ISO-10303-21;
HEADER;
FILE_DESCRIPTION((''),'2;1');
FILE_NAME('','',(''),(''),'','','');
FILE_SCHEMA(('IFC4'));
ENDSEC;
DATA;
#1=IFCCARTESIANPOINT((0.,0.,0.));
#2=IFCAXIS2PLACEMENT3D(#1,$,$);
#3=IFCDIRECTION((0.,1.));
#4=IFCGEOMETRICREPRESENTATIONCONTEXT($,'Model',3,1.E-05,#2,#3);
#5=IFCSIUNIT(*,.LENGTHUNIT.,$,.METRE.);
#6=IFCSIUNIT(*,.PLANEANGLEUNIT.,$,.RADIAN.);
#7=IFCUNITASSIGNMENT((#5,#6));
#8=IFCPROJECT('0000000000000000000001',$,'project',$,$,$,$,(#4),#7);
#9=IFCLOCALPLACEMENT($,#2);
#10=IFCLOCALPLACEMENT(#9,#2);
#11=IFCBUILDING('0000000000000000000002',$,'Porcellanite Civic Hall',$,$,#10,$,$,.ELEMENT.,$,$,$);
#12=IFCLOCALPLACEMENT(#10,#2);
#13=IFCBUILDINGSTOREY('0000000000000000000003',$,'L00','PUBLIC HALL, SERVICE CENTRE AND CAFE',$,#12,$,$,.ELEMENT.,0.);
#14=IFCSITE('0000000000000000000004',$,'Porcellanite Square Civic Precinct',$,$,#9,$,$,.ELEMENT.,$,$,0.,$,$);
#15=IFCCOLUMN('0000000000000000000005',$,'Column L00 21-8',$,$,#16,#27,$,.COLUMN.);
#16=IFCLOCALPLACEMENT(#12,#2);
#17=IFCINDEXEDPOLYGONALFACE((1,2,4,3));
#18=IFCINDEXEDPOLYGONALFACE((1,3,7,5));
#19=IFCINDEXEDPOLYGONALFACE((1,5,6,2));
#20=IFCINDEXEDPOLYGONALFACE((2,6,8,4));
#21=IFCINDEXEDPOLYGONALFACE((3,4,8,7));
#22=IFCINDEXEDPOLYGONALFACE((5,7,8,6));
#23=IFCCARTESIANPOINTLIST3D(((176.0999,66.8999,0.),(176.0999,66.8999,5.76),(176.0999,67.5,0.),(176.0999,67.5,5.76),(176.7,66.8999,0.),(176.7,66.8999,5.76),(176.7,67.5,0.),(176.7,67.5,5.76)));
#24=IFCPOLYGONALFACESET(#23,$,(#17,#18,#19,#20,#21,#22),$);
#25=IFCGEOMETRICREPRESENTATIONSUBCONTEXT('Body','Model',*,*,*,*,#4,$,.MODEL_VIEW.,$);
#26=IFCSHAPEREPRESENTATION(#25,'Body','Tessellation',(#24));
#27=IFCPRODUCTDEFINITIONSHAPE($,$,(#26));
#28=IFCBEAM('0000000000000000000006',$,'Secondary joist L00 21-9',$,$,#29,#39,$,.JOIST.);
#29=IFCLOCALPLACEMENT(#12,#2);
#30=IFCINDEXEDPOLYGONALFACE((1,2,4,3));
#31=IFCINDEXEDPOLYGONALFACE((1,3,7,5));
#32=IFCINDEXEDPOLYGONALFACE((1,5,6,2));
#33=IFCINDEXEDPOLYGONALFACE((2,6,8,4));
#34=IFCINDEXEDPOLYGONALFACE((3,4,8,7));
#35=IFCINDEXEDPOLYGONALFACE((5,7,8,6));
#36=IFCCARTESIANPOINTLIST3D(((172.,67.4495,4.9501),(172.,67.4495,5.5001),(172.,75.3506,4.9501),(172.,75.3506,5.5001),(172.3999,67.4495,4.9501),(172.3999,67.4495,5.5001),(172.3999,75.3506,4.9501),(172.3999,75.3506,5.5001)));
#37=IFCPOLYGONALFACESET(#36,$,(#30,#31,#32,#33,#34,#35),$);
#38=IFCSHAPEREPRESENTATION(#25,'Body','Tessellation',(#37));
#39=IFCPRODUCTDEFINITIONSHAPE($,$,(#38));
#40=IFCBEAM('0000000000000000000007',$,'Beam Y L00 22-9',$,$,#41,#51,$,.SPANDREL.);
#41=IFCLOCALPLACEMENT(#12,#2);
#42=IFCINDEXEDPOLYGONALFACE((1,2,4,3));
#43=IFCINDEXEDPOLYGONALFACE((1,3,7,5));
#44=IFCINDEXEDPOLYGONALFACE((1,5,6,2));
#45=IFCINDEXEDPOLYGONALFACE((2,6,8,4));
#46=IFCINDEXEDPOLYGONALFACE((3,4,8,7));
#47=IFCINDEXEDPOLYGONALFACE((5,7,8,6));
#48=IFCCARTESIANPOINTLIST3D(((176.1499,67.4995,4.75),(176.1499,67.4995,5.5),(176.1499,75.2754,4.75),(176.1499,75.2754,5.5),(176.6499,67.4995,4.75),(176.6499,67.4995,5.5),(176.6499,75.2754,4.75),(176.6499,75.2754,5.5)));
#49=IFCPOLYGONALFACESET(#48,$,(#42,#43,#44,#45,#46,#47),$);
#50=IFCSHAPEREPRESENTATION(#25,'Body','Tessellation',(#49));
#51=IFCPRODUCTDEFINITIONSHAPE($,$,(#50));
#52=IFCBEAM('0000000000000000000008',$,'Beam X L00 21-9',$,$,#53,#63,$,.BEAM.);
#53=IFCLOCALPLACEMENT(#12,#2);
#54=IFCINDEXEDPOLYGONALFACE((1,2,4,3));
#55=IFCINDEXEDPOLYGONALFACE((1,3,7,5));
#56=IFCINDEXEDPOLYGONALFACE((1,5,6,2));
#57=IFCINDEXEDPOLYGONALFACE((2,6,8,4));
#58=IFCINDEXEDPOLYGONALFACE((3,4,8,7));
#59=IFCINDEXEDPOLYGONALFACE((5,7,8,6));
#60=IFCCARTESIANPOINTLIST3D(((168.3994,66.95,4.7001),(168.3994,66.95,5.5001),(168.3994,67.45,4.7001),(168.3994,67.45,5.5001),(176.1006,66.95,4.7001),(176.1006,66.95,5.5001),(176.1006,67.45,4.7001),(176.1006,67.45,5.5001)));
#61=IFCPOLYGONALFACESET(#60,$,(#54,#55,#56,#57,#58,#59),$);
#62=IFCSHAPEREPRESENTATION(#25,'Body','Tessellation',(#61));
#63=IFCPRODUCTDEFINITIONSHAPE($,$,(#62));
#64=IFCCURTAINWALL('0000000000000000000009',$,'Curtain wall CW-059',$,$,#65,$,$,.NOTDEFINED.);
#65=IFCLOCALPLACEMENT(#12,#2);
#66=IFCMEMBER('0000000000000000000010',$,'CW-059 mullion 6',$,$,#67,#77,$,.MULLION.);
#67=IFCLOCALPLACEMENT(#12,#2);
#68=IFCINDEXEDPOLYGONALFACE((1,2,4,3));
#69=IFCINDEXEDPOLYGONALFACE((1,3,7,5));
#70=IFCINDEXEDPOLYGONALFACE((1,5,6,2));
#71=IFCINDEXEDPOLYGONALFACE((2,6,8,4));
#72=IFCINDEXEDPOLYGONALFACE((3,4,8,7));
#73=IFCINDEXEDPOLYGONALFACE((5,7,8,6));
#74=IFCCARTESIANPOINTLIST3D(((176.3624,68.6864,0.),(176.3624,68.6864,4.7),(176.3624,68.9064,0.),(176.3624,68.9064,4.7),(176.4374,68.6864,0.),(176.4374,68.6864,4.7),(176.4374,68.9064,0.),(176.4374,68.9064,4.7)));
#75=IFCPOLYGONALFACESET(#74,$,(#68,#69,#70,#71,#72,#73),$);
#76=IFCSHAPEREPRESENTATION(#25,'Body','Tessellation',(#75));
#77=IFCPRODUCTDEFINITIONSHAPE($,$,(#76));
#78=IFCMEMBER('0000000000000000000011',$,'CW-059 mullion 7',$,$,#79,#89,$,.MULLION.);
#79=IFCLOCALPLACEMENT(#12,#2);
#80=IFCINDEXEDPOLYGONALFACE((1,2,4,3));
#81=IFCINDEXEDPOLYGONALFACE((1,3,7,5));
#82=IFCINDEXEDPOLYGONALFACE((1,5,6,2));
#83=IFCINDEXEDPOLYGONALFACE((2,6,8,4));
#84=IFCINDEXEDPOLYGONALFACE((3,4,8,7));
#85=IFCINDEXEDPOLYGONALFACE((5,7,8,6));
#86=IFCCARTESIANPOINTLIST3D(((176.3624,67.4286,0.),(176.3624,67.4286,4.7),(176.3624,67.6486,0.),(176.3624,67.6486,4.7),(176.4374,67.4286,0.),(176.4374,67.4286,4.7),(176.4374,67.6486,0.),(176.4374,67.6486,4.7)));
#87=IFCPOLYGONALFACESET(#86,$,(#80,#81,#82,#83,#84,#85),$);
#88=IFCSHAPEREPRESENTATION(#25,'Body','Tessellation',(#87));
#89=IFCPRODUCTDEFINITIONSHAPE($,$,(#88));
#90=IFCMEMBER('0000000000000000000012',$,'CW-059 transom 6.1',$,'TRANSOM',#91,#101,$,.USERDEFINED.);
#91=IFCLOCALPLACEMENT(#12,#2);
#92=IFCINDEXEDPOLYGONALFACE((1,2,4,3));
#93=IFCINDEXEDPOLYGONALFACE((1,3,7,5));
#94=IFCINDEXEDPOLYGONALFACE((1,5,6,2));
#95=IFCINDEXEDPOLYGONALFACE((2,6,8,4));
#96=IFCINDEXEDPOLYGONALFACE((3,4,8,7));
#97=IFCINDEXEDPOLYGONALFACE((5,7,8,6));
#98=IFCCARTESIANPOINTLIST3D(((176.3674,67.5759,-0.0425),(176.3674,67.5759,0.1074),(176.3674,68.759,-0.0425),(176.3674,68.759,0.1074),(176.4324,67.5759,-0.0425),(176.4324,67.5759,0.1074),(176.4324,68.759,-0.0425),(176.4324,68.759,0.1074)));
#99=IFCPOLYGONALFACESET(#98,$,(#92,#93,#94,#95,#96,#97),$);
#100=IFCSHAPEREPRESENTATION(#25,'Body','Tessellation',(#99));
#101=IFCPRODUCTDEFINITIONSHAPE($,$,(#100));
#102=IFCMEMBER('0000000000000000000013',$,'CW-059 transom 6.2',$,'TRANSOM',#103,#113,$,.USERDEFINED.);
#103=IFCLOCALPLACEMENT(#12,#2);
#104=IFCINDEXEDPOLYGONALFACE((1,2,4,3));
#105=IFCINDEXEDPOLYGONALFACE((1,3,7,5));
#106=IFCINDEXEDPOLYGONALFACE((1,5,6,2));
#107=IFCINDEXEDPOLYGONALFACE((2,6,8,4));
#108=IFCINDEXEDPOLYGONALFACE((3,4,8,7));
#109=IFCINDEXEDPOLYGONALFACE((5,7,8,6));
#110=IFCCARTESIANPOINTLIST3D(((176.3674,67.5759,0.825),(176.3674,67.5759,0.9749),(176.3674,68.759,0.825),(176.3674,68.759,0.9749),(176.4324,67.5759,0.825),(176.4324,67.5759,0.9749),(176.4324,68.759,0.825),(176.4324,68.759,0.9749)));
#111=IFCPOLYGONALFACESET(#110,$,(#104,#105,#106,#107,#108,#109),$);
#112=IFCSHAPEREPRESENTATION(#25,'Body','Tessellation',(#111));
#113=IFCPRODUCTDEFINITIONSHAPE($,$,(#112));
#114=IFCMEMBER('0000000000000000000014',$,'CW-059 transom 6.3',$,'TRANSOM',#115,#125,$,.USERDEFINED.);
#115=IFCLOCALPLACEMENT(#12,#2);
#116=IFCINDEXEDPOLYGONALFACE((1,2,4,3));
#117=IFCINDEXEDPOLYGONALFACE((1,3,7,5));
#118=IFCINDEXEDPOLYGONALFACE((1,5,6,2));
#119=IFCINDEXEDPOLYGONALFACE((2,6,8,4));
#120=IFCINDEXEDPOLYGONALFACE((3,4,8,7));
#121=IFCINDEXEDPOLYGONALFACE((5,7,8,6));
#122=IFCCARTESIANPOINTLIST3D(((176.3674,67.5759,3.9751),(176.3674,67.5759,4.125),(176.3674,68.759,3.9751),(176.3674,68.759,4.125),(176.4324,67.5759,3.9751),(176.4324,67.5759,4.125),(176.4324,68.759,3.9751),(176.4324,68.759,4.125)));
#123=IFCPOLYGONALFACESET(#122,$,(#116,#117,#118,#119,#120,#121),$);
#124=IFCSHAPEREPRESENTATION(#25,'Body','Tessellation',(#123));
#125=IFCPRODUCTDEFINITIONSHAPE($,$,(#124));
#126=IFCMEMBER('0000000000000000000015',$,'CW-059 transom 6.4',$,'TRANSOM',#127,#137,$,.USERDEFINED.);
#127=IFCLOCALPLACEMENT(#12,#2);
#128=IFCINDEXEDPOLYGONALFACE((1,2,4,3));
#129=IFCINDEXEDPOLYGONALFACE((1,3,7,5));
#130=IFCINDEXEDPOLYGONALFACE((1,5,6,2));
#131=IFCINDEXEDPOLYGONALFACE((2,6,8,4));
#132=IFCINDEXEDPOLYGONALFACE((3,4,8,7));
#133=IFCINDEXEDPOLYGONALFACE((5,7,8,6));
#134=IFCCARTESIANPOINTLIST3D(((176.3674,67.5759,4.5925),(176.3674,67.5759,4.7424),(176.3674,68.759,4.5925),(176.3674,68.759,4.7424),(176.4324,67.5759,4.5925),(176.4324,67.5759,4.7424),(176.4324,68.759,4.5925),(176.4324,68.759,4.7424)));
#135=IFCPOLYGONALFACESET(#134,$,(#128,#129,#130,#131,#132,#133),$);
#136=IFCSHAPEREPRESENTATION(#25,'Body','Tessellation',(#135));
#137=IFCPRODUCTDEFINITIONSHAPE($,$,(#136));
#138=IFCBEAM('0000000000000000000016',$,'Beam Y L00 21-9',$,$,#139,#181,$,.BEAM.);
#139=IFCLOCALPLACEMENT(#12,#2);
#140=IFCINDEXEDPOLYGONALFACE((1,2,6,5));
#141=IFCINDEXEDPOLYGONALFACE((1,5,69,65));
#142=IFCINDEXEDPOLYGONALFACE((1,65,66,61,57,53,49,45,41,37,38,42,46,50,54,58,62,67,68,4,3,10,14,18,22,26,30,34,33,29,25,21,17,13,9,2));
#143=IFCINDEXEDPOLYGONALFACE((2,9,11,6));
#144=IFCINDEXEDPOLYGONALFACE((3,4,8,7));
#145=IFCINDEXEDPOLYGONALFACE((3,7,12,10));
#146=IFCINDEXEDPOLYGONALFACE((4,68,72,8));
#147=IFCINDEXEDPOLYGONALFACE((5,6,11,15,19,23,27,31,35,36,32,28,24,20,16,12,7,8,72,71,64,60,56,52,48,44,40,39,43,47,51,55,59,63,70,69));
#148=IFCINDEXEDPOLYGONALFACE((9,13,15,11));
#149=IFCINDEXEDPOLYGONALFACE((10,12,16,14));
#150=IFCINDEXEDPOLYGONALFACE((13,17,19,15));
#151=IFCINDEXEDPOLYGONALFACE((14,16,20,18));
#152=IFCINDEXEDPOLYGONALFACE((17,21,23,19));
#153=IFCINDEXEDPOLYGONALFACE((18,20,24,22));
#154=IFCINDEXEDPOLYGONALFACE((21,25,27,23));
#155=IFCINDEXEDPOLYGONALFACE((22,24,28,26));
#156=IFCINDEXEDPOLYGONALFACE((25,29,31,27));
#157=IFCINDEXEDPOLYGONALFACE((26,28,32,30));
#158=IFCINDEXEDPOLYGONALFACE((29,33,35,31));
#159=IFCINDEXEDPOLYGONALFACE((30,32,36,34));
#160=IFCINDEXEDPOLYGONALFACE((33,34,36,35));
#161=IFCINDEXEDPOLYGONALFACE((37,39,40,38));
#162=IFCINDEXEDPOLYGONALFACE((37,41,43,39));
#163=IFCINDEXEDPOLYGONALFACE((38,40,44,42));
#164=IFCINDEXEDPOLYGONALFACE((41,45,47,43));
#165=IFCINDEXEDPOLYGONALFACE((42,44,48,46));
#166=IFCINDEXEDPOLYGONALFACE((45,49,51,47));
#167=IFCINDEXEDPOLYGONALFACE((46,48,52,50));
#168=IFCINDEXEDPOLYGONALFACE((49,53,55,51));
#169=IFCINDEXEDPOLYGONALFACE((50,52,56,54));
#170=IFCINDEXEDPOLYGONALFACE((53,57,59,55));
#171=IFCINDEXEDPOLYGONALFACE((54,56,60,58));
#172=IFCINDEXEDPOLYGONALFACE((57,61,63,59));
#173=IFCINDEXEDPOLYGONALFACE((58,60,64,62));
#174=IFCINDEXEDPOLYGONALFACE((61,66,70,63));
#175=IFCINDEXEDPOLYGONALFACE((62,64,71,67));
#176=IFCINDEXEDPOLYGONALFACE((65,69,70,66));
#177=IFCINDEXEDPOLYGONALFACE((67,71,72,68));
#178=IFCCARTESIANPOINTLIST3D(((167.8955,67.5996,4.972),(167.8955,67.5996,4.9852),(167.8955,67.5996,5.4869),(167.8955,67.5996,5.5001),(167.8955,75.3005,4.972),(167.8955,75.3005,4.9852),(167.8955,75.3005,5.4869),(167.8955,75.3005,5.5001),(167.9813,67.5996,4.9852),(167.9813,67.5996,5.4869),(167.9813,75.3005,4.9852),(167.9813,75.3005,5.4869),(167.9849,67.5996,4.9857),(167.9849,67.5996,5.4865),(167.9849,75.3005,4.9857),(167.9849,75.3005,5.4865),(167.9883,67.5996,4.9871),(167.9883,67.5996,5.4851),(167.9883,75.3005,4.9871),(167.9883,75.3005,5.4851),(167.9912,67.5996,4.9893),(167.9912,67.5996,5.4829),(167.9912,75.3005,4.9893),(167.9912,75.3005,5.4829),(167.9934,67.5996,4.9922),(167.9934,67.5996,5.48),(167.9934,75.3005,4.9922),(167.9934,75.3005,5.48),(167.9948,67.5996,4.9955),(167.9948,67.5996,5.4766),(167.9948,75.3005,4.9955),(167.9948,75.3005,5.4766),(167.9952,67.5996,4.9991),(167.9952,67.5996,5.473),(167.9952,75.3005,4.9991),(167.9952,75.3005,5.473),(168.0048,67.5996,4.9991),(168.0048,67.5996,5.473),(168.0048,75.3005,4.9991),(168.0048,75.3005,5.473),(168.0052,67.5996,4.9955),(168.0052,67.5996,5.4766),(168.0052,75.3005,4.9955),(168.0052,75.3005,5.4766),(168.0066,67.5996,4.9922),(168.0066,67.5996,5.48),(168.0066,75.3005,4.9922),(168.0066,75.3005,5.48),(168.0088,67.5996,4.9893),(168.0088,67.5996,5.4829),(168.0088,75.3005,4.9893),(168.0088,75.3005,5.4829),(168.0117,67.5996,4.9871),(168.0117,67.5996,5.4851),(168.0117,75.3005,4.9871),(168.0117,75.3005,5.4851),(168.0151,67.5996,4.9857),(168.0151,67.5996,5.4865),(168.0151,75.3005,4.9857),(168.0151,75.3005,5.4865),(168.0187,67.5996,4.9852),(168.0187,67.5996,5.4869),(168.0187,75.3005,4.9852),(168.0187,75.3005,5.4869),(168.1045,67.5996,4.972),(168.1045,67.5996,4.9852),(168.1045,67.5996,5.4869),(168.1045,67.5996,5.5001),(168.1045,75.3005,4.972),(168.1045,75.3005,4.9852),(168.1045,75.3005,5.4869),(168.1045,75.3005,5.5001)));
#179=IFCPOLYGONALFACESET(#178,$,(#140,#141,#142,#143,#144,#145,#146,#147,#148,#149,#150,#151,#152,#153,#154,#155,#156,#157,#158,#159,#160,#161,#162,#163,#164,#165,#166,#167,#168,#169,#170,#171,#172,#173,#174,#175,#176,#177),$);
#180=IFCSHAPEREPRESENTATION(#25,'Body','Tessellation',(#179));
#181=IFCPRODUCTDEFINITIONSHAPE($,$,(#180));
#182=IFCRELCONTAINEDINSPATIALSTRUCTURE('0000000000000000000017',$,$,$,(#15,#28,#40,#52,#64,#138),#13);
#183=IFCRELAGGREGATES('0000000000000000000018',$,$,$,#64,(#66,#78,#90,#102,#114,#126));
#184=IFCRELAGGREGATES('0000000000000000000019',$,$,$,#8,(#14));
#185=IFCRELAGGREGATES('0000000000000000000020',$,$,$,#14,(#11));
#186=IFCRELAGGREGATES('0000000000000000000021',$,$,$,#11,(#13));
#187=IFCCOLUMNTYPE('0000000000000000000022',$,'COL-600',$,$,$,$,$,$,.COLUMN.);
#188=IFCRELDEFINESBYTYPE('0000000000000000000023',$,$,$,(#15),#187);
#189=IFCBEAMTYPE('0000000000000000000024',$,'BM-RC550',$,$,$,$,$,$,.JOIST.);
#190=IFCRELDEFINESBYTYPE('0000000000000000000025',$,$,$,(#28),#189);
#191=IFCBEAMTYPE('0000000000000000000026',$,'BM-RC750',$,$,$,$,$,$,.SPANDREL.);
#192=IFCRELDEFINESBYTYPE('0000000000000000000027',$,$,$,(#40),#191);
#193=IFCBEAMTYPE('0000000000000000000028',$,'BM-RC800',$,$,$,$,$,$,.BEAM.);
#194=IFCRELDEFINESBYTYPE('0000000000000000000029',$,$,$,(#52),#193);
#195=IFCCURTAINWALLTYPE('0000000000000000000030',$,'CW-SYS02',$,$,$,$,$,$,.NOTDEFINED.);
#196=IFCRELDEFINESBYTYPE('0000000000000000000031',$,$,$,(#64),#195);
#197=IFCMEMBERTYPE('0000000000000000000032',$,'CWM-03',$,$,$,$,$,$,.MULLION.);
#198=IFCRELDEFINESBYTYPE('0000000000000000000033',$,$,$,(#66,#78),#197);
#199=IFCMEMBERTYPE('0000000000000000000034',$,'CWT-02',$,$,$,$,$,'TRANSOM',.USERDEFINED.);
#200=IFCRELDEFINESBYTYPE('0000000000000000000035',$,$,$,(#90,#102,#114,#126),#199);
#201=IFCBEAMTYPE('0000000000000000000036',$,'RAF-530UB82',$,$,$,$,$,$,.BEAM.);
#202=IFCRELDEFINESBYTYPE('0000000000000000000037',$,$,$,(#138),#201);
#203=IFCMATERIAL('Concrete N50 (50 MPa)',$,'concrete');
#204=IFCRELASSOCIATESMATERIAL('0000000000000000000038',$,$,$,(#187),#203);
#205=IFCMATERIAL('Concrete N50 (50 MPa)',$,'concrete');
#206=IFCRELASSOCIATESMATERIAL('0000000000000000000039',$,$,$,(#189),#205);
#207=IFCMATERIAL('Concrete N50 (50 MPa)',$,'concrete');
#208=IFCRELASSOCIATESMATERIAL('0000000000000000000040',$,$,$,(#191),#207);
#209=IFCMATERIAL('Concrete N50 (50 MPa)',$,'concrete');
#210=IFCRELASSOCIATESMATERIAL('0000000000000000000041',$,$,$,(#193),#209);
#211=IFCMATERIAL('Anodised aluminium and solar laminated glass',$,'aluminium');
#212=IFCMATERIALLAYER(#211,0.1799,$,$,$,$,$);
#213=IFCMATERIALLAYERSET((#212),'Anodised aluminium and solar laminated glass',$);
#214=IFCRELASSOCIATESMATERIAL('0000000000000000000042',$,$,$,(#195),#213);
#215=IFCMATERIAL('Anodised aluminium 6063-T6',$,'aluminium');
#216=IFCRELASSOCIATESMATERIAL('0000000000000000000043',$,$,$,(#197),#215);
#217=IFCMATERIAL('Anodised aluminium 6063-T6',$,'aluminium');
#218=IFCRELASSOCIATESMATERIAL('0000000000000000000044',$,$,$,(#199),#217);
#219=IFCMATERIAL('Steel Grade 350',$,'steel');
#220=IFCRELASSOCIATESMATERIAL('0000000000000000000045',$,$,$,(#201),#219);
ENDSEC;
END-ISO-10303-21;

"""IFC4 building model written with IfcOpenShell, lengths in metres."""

from ifc_helpers import new_model, si_unit, direction, frame, origin, origin_2d, place, context, subcontext, project, spatial, rectangle, i_section, extrude, material, layer, layer_set, material_profile, profile_set, type_object, element, aggregate, save


model = new_model("IFC4")

# Units and contexts
model_context = context("Model", 3, precision=1e-05, world=origin(), true_north=direction((0.0, 1.0)))
body_context = subcontext(model_context, "Body", "Model", "MODEL_VIEW")
ifc_project = project(units=[si_unit("LENGTHUNIT", "METRE"), si_unit("PLANEANGLEUNIT", "RADIAN")], contexts=[model_context])

# Site, building, storey
site_placement = place(None, origin())
site = spatial("IfcSite", under=ifc_project, at=site_placement, Name="Porcellanite Square Civic Precinct", CompositionType="ELEMENT", RefElevation=0.0)
building_placement = place(site_placement, origin())
building = spatial("IfcBuilding", under=site, at=building_placement, Name="Porcellanite Civic Hall", CompositionType="ELEMENT")
storey_placement = place(building_placement, origin())
storey = spatial("IfcBuildingStorey", under=building, at=storey_placement, Name="L00", Description="PUBLIC HALL, SERVICE CENTRE AND CAFE", CompositionType="ELEMENT", Elevation=0.0)

# Column
ifc_material_1 = material(Name="Concrete N50 (50 MPa)", Category="concrete")
ifc_material_profile_1 = material_profile(ifc_material_1, rectangle(XDim=0.6001, YDim=0.6001, at=origin_2d()), Name="RC-600x600")
ifc_profile_set_1 = profile_set([ifc_material_profile_1], Name="Concrete N50 (50 MPa)")
column_type = type_object("IfcColumnType", Name="COL-600", PredefinedType="COLUMN", material=ifc_profile_set_1)
column_placement = place(storey_placement, frame((176.3999, 67.2, 0.0), z_axis=(0.0, 0.0, 1.0), x_axis=(1.0, 0.0, 0.0)))
element("IfcColumn", 1, at=column_placement, inside=storey, type_object=column_type, Name="Column L00 21-8", PredefinedType="COLUMN", context=body_context, shape_type="SweptSolid", body=[
    extrude(rectangle(XDim=0.6001, YDim=0.6001, at=origin_2d()), origin(), (0.0, 0.0, 1.0), 5.76),
])

# Beams
ifc_material_2 = material(Name="Concrete N50 (50 MPa)", Category="concrete")
ifc_material_profile_2 = material_profile(ifc_material_2, rectangle(XDim=0.3999, YDim=0.55, at=origin_2d()), Name="RC-400x550")
ifc_profile_set_2 = profile_set([ifc_material_profile_2], Name="Concrete N50 (50 MPa)")
beam_type_1 = type_object("IfcBeamType", Name="BM-RC550", PredefinedType="JOIST", material=ifc_profile_set_2)
beam_1_placement = place(storey_placement, frame((172.2, 67.4495, 5.2251), z_axis=(0.0, 1.0, 0.0), x_axis=(-1.0, 0.0, 0.0)))
element("IfcBeam", 2, at=beam_1_placement, inside=storey, type_object=beam_type_1, Name="Secondary joist L00 21-9", PredefinedType="JOIST", context=body_context, shape_type="SweptSolid", body=[
    extrude(rectangle(XDim=0.3999, YDim=0.55, at=origin_2d()), origin(), (0.0, 0.0, 1.0), 7.9011),
])
ifc_material_3 = material(Name="Concrete N50 (50 MPa)", Category="concrete")
ifc_material_profile_3 = material_profile(ifc_material_3, rectangle(XDim=0.5, YDim=0.75, at=origin_2d()), Name="RC-500x750")
ifc_profile_set_3 = profile_set([ifc_material_profile_3], Name="Concrete N50 (50 MPa)")
beam_type_2 = type_object("IfcBeamType", Name="BM-RC750", PredefinedType="SPANDREL", material=ifc_profile_set_3)
beam_2_placement = place(storey_placement, frame((176.3999, 67.4995, 5.125), z_axis=(0.0, 1.0, 0.0), x_axis=(-1.0, 0.0, 0.0)))
element("IfcBeam", 3, at=beam_2_placement, inside=storey, type_object=beam_type_2, Name="Beam Y L00 22-9", PredefinedType="SPANDREL", context=body_context, shape_type="SweptSolid", body=[
    extrude(rectangle(XDim=0.5, YDim=0.75, at=origin_2d()), origin(), (0.0, 0.0, 1.0), 7.7759),
])
ifc_material_4 = material(Name="Concrete N50 (50 MPa)", Category="concrete")
ifc_material_profile_4 = material_profile(ifc_material_4, rectangle(XDim=0.5, YDim=0.8, at=origin_2d()), Name="RC-500x800")
ifc_profile_set_4 = profile_set([ifc_material_profile_4], Name="Concrete N50 (50 MPa)")
beam_type_3 = type_object("IfcBeamType", Name="BM-RC800", PredefinedType="BEAM", material=ifc_profile_set_4)
beam_3_placement = place(storey_placement, frame((168.3994, 67.2, 5.1001), z_axis=(1.0, 0.0, 0.0), x_axis=(0.0, 1.0, 0.0)))
element("IfcBeam", 4, at=beam_3_placement, inside=storey, type_object=beam_type_3, Name="Beam X L00 21-9", PredefinedType="BEAM", context=body_context, shape_type="SweptSolid", body=[
    extrude(rectangle(XDim=0.5, YDim=0.8, at=origin_2d()), origin(), (0.0, 0.0, 1.0), 7.7012),
])

# Curtain wall, members
ifc_material_5 = material(Name="Anodised aluminium and solar laminated glass", Category="aluminium")
ifc_layer_1 = layer(ifc_material_5, 0.1799)
ifc_layer_set_1 = layer_set([ifc_layer_1], Name="Anodised aluminium and solar laminated glass")
curtain_wall_type = type_object("IfcCurtainWallType", Name="CW-SYS02", PredefinedType="NOTDEFINED", material=ifc_layer_set_1)
curtain_wall_placement = place(storey_placement, origin())
curtain_wall = element("IfcCurtainWall", 5, at=curtain_wall_placement, inside=storey, type_object=curtain_wall_type, Name="Curtain wall CW-059", PredefinedType="NOTDEFINED")
ifc_material_6 = material(Name="Anodised aluminium 6063-T6", Category="aluminium")
ifc_material_profile_5 = material_profile(ifc_material_6, rectangle(XDim=0.075, YDim=0.22, at=origin_2d()), Name="AL-75x220")
ifc_profile_set_5 = profile_set([ifc_material_profile_5], Name="Anodised aluminium 6063-T6")
member_type_1 = type_object("IfcMemberType", Name="CWM-03", PredefinedType="MULLION", material=ifc_profile_set_5)
member_1_placement = place(storey_placement, frame((176.3999, 68.7964, 0.0), z_axis=(0.0, 0.0, 1.0), x_axis=(1.0, 0.0, 0.0)))
member_1 = element("IfcMember", 6, at=member_1_placement, type_object=member_type_1, Name="CW-059 mullion 6", PredefinedType="MULLION", context=body_context, shape_type="SweptSolid", body=[
    extrude(rectangle(XDim=0.075, YDim=0.22, at=origin_2d()), origin(), (0.0, 0.0, 1.0), 4.7),
])
member_2_placement = place(storey_placement, frame((176.3999, 67.5386, 0.0), z_axis=(0.0, 0.0, 1.0), x_axis=(1.0, 0.0, 0.0)))
member_2 = element("IfcMember", 7, at=member_2_placement, type_object=member_type_1, Name="CW-059 mullion 7", PredefinedType="MULLION", context=body_context, shape_type="SweptSolid", body=[
    extrude(rectangle(XDim=0.075, YDim=0.22, at=origin_2d()), origin(), (0.0, 0.0, 1.0), 4.7),
])
ifc_material_7 = material(Name="Anodised aluminium 6063-T6", Category="aluminium")
ifc_material_profile_6 = material_profile(ifc_material_7, rectangle(XDim=0.0649, YDim=0.1499, at=origin_2d()), Name="AL-65x150")
ifc_profile_set_6 = profile_set([ifc_material_profile_6], Name="Anodised aluminium 6063-T6")
member_type_2 = type_object("IfcMemberType", Name="CWT-02", ElementType="TRANSOM", PredefinedType="USERDEFINED", material=ifc_profile_set_6)
member_3_placement = place(storey_placement, frame((176.3999, 68.759, 0.0325), z_axis=(0.0, -1.0, 0.0), x_axis=(1.0, 0.0, 0.0)))
member_3 = element("IfcMember", 8, at=member_3_placement, type_object=member_type_2, Name="CW-059 transom 6.1", ObjectType="TRANSOM", PredefinedType="USERDEFINED", context=body_context, shape_type="SweptSolid", body=[
    extrude(rectangle(XDim=0.0649, YDim=0.1499, at=origin_2d()), origin(), (0.0, 0.0, 1.0), 1.1831),
])
member_4_placement = place(storey_placement, frame((176.3999, 68.759, 0.8999), z_axis=(0.0, -1.0, 0.0), x_axis=(1.0, 0.0, 0.0)))
member_4 = element("IfcMember", 9, at=member_4_placement, type_object=member_type_2, Name="CW-059 transom 6.2", ObjectType="TRANSOM", PredefinedType="USERDEFINED", context=body_context, shape_type="SweptSolid", body=[
    extrude(rectangle(XDim=0.0649, YDim=0.1499, at=origin_2d()), origin(), (0.0, 0.0, 1.0), 1.1831),
])
member_5_placement = place(storey_placement, frame((176.3999, 68.759, 4.05), z_axis=(0.0, -1.0, 0.0), x_axis=(1.0, 0.0, 0.0)))
member_5 = element("IfcMember", 10, at=member_5_placement, type_object=member_type_2, Name="CW-059 transom 6.3", ObjectType="TRANSOM", PredefinedType="USERDEFINED", context=body_context, shape_type="SweptSolid", body=[
    extrude(rectangle(XDim=0.0649, YDim=0.1499, at=origin_2d()), origin(), (0.0, 0.0, 1.0), 1.1831),
])
member_6_placement = place(storey_placement, frame((176.3999, 68.759, 4.6675), z_axis=(0.0, -1.0, 0.0), x_axis=(1.0, 0.0, 0.0)))
member_6 = element("IfcMember", 11, at=member_6_placement, type_object=member_type_2, Name="CW-059 transom 6.4", ObjectType="TRANSOM", PredefinedType="USERDEFINED", context=body_context, shape_type="SweptSolid", body=[
    extrude(rectangle(XDim=0.0649, YDim=0.1499, at=origin_2d()), origin(), (0.0, 0.0, 1.0), 1.1831),
])

# Beam
ifc_material_8 = material(Name="Steel Grade 350", Category="steel")
ifc_material_profile_7 = material_profile(ifc_material_8, i_section(OverallWidth=0.209, OverallDepth=0.5281, WebThickness=0.0095, FlangeThickness=0.0132, FilletRadius=0.0139, at=origin_2d()), Name="530UB82.0")
ifc_profile_set_7 = profile_set([ifc_material_profile_7], Name="Steel Grade 350")
beam_type_4 = type_object("IfcBeamType", Name="RAF-530UB82", PredefinedType="BEAM", material=ifc_profile_set_7)
beam_4_placement = place(storey_placement, frame((168.0, 67.5996, 5.2361), z_axis=(0.0, 1.0, 0.0), x_axis=(-1.0, 0.0, 0.0)))
element("IfcBeam", 12, at=beam_4_placement, inside=storey, type_object=beam_type_4, Name="Beam Y L00 21-9", PredefinedType="BEAM", context=body_context, shape_type="SweptSolid", body=[
    extrude(i_section(OverallWidth=0.209, OverallDepth=0.5281, WebThickness=0.0095, FlangeThickness=0.0132, FilletRadius=0.0139, at=origin_2d()), origin(), (0.0, 0.0, 1.0), 7.7009),
])

aggregate(curtain_wall, [member_1, member_2, member_3, member_4, member_5, member_6])

save(model, "model.ifc")
